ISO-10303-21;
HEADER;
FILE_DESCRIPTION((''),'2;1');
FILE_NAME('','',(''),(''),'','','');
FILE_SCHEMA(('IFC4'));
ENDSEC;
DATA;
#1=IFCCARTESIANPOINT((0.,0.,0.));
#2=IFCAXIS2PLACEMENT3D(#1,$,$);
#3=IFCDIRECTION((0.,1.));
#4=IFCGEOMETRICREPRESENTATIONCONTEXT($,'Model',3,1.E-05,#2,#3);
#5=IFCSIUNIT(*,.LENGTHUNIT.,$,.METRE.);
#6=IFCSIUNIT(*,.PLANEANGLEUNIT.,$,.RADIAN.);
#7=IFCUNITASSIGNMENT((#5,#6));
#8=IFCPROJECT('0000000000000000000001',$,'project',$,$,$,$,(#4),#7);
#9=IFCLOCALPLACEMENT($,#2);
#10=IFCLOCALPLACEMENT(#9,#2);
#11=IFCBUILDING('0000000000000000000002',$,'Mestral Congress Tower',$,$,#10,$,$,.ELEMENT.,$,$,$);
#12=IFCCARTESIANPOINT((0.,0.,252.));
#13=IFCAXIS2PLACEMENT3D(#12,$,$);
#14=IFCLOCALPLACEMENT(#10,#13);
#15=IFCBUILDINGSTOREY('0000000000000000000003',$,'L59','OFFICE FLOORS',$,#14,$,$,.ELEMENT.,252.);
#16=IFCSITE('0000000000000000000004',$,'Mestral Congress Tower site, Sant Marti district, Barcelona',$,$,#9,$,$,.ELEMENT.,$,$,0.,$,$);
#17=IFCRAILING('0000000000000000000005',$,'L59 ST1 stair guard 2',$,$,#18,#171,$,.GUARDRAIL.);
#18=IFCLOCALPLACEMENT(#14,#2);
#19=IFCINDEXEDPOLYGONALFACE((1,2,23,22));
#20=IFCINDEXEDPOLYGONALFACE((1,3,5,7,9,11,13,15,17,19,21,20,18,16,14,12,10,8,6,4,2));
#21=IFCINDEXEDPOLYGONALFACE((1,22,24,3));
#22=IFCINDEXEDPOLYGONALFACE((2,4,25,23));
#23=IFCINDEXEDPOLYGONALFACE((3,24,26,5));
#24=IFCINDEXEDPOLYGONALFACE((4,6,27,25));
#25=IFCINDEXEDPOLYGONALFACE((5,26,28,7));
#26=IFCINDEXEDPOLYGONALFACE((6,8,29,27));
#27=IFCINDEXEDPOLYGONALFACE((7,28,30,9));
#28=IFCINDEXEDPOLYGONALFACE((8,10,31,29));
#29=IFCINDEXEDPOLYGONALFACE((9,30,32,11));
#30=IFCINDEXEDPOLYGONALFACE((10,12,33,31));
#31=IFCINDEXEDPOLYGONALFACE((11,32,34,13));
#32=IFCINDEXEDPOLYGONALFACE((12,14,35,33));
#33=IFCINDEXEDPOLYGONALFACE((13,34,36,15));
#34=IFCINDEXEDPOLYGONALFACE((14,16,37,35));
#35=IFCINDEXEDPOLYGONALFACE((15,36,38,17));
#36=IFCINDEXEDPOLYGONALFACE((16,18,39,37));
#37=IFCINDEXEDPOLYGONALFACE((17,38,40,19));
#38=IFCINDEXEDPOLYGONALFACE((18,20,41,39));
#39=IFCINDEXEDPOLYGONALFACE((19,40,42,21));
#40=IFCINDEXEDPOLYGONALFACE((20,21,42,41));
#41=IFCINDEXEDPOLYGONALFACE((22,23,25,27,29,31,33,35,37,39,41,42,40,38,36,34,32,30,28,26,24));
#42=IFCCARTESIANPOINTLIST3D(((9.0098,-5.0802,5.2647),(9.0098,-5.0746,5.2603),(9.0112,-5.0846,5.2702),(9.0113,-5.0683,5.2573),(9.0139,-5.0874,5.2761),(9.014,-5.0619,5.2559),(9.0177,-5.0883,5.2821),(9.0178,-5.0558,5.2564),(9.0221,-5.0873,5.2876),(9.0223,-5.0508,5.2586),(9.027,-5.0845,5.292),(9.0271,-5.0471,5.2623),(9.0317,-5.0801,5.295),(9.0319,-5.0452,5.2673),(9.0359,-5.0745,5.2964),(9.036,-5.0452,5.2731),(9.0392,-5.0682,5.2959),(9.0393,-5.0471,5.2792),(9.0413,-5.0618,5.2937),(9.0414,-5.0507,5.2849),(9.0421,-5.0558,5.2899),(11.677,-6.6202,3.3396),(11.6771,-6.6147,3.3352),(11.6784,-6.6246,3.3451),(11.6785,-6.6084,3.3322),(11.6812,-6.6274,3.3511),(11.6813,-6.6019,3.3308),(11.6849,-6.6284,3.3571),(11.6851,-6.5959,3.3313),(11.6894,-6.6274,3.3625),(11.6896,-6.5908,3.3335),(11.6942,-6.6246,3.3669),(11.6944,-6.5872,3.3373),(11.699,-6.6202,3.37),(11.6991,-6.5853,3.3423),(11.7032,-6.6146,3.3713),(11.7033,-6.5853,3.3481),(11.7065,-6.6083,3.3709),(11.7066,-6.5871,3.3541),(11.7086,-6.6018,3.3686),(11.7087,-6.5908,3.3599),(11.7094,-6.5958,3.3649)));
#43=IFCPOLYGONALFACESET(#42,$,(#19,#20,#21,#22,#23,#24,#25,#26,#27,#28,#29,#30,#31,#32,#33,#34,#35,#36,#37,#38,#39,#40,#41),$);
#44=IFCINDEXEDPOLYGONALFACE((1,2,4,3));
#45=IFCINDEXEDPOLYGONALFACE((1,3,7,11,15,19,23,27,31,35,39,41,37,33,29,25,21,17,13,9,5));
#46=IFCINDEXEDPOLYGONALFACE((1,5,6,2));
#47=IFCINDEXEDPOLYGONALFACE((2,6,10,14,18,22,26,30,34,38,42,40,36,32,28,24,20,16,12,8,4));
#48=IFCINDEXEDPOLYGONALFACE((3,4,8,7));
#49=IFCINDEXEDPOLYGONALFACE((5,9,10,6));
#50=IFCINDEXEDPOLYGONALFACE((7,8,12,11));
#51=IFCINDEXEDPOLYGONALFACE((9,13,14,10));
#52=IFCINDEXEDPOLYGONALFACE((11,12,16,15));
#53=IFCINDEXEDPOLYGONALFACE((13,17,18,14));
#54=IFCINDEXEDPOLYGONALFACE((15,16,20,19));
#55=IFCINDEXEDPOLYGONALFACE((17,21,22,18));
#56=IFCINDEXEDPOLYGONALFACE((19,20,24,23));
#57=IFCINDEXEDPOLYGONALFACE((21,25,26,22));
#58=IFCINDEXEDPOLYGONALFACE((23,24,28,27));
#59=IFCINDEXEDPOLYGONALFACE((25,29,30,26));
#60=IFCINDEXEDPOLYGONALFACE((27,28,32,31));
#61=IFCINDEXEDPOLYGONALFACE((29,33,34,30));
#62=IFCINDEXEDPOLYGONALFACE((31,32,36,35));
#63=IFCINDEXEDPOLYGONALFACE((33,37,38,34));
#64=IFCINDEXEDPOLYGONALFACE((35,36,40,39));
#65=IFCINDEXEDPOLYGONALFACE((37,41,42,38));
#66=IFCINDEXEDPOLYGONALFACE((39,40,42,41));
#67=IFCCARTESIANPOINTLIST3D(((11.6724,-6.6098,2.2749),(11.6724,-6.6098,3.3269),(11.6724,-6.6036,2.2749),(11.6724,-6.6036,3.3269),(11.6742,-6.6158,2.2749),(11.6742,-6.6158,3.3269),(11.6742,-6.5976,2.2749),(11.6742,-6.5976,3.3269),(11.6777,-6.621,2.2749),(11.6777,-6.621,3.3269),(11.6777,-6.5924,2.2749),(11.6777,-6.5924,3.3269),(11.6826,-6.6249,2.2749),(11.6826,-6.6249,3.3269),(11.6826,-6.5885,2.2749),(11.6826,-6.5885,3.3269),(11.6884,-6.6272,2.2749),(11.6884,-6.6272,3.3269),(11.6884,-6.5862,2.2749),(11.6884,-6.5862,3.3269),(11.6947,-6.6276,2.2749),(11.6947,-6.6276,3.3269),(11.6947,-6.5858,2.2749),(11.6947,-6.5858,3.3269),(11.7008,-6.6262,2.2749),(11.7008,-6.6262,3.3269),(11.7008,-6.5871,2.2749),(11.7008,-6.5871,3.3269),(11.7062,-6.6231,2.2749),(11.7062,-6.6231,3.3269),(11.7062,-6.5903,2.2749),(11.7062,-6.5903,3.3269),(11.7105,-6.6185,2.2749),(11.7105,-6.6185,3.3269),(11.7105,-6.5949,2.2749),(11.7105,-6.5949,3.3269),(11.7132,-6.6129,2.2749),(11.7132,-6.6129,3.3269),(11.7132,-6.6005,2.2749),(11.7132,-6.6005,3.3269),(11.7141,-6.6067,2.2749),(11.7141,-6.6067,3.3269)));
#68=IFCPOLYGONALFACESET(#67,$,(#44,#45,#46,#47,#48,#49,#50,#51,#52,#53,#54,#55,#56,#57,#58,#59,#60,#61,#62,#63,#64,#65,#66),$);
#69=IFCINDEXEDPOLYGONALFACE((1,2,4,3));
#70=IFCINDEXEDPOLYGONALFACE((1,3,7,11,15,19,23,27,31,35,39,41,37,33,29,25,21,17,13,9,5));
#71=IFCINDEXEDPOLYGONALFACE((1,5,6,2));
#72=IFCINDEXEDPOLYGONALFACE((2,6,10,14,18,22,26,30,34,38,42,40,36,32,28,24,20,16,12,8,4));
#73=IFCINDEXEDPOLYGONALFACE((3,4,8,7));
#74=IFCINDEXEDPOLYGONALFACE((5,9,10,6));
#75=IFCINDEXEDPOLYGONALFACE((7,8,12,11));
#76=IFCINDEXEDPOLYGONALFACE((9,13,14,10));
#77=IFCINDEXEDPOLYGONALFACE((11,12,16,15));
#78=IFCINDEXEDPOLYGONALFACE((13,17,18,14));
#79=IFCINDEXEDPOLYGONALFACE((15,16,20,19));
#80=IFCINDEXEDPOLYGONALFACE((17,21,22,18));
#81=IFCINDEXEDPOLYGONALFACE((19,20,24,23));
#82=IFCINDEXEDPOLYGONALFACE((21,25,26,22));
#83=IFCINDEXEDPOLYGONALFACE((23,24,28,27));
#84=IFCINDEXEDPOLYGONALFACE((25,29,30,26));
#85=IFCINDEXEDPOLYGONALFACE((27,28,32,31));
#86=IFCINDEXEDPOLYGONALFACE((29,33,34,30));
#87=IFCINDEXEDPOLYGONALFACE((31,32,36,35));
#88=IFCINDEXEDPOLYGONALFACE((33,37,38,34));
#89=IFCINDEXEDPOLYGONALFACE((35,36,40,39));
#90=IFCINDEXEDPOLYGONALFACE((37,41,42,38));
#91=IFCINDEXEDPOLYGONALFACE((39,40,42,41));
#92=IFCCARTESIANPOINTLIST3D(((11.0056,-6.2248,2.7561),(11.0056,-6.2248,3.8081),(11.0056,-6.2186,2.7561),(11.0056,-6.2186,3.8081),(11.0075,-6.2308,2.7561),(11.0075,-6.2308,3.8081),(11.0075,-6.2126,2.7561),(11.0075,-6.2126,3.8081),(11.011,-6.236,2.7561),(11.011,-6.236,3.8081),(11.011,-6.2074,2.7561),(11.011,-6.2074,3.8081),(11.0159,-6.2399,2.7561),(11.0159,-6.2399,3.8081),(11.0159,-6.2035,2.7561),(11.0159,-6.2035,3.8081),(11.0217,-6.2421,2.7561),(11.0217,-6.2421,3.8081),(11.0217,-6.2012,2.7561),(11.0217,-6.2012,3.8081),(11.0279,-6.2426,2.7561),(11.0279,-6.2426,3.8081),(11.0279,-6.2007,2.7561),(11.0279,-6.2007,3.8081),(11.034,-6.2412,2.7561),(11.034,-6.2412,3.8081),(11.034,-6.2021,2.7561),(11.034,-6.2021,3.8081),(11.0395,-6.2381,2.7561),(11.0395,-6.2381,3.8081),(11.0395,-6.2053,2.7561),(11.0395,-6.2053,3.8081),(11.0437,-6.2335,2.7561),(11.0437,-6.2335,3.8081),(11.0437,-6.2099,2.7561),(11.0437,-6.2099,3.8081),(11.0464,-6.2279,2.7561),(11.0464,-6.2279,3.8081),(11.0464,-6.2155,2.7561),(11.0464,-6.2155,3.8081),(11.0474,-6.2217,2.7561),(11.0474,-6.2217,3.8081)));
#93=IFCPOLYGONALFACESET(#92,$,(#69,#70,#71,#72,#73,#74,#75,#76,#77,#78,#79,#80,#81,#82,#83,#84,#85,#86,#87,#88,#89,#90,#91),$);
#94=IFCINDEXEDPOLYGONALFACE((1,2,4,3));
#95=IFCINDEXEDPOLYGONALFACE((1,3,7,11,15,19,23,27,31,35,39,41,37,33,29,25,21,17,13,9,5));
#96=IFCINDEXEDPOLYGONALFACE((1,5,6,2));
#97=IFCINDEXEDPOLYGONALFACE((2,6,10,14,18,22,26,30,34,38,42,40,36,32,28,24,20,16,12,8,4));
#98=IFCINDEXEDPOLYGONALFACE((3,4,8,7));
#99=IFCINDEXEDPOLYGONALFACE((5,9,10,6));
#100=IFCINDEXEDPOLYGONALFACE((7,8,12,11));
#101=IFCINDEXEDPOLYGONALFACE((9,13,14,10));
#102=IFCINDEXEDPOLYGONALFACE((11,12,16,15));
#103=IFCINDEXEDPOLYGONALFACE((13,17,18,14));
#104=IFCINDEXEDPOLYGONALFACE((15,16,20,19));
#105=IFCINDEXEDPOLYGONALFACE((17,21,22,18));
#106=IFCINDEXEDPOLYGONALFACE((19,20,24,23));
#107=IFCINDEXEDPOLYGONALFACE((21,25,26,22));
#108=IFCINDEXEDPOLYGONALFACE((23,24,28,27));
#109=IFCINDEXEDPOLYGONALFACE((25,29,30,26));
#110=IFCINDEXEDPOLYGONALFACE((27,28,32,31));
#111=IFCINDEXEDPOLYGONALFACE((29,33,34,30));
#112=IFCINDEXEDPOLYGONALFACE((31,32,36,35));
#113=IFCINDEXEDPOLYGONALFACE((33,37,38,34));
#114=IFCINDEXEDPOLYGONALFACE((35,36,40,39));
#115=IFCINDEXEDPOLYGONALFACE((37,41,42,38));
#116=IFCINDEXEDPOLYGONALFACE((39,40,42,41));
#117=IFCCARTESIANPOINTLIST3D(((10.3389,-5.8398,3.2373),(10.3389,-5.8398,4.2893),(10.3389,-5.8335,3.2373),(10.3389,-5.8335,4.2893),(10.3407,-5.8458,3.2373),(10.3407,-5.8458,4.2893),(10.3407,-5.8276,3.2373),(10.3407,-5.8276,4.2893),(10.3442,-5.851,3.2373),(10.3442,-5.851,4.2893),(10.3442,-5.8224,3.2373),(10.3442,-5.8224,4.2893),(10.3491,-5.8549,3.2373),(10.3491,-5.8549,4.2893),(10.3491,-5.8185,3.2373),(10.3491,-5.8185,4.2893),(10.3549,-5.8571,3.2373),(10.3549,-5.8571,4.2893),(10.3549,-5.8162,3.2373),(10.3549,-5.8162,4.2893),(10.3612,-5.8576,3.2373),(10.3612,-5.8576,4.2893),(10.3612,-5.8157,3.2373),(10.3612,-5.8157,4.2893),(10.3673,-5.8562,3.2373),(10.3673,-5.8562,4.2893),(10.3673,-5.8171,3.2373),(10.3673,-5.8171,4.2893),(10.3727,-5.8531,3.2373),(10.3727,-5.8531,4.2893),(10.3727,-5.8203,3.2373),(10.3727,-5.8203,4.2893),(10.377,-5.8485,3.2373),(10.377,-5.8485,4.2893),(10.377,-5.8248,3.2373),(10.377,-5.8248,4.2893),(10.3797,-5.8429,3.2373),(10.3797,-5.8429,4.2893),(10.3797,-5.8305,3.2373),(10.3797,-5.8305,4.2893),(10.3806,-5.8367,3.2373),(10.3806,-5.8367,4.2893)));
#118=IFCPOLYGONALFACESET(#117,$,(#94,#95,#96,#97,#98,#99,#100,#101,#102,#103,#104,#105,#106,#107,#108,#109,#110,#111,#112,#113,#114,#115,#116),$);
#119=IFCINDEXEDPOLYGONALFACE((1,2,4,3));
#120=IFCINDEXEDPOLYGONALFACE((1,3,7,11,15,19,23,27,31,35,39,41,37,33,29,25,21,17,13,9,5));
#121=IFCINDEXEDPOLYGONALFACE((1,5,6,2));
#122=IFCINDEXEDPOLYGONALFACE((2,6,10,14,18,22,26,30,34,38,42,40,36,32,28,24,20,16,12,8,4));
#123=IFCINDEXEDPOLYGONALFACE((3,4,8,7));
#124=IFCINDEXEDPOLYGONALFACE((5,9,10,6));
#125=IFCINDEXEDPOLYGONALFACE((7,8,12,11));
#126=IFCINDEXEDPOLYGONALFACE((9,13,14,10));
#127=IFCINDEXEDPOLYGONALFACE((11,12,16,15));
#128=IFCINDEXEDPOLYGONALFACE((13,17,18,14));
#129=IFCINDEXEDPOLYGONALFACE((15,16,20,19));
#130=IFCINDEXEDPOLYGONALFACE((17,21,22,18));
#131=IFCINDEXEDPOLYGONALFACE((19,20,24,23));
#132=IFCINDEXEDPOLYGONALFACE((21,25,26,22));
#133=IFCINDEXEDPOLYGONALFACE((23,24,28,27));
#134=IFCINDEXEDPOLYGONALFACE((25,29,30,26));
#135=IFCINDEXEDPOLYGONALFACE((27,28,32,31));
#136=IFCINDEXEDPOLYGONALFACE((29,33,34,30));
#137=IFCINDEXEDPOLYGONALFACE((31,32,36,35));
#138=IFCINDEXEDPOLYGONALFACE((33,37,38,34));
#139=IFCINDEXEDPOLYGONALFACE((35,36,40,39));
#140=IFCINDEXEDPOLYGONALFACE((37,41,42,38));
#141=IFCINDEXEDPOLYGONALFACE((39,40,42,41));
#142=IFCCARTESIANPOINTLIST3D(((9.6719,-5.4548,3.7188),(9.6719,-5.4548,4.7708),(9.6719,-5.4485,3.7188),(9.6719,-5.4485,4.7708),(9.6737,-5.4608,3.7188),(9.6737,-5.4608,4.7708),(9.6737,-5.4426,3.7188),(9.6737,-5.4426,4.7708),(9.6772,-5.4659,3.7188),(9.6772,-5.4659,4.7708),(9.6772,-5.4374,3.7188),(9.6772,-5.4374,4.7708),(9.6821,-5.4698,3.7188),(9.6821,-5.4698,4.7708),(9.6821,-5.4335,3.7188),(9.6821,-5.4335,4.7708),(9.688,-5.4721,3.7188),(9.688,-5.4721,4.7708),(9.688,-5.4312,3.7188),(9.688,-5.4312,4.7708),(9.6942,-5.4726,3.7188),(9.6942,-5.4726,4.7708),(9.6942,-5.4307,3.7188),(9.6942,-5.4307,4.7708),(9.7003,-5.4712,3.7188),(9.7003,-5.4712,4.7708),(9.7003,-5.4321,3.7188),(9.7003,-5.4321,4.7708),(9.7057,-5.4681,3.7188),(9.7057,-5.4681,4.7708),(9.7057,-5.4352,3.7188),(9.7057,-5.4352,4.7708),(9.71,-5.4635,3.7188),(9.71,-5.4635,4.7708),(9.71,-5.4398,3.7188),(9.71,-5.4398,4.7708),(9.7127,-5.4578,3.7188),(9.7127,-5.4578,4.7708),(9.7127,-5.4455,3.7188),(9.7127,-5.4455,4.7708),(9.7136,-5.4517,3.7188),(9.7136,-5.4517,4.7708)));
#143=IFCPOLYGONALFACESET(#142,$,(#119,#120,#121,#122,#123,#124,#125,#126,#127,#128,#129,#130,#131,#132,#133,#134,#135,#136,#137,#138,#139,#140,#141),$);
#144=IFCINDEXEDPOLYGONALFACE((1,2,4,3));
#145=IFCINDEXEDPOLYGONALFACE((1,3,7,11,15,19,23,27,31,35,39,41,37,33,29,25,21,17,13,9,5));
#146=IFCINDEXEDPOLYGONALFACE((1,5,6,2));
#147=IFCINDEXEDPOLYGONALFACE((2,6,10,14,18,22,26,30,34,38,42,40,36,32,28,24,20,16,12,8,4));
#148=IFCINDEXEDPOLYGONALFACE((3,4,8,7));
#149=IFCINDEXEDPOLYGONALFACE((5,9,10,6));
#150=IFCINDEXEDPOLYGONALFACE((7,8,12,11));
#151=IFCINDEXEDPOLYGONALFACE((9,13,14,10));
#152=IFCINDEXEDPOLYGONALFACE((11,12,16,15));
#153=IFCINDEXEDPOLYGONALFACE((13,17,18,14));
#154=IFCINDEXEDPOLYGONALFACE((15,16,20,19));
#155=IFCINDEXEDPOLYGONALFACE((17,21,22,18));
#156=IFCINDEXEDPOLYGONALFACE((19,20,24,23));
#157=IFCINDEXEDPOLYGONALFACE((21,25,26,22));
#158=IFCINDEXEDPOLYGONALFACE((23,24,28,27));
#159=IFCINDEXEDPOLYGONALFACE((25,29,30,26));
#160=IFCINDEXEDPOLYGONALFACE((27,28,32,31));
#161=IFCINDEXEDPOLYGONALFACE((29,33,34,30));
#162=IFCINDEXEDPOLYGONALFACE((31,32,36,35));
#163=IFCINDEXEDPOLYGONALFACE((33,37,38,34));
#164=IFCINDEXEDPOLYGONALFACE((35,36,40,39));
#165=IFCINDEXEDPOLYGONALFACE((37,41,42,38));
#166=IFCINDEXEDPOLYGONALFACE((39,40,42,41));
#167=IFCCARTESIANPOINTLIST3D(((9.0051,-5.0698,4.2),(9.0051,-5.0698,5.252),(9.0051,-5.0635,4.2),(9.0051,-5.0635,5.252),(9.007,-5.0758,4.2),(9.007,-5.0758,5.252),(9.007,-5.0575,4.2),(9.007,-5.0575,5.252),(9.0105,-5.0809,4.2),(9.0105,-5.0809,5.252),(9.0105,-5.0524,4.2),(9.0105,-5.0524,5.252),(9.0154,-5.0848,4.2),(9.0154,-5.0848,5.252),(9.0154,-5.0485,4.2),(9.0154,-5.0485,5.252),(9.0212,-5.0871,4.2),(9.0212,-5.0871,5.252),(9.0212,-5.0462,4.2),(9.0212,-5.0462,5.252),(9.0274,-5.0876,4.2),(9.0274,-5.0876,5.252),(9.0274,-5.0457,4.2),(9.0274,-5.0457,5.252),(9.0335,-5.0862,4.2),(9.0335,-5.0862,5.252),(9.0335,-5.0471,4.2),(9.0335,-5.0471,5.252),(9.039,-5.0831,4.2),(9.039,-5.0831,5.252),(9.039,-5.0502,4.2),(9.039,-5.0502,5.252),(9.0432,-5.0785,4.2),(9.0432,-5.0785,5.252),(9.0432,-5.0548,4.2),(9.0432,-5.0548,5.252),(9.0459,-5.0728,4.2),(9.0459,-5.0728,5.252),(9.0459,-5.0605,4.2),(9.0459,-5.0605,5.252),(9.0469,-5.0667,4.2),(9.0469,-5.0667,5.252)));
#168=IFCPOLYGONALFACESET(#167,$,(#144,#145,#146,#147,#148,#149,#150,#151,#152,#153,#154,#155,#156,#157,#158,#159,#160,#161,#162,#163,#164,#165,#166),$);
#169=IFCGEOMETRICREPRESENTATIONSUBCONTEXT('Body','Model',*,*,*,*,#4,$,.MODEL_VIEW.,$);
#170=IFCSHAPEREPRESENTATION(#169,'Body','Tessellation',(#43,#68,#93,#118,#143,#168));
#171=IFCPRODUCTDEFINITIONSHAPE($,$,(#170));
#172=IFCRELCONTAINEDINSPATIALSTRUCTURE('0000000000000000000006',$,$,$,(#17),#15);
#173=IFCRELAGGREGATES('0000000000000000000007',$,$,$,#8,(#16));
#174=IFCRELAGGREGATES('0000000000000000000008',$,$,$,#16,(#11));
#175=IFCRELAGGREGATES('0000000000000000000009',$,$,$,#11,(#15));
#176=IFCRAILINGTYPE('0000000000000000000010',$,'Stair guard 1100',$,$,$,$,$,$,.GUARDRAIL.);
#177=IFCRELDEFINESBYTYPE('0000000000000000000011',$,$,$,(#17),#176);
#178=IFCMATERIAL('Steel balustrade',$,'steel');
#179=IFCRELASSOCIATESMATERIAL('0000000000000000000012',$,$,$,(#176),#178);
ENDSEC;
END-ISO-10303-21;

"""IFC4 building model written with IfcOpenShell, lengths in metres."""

from ifc_helpers import new_model, si_unit, direction, frame, origin, origin_2d, place, context, subcontext, project, spatial, circle, extrude, material, type_object, element, save


model = new_model("IFC4")

# Units and contexts
model_context = context("Model", 3, precision=1e-05, world=origin(), true_north=direction((0.0, 1.0)))
body_context = subcontext(model_context, "Body", "Model", "MODEL_VIEW")
ifc_project = project(units=[si_unit("LENGTHUNIT", "METRE"), si_unit("PLANEANGLEUNIT", "RADIAN")], contexts=[model_context])

# Site, building, storey
site_placement = place(None, origin())
site = spatial("IfcSite", under=ifc_project, at=site_placement, Name="Mestral Congress Tower site, Sant Marti district, Barcelona", CompositionType="ELEMENT", RefElevation=0.0)
building_placement = place(site_placement, origin())
building = spatial("IfcBuilding", under=site, at=building_placement, Name="Mestral Congress Tower", CompositionType="ELEMENT")
storey_placement = place(building_placement, frame((0.0, 0.0, 252.0)))
storey = spatial("IfcBuildingStorey", under=building, at=storey_placement, Name="L59", Description="OFFICE FLOORS", CompositionType="ELEMENT", Elevation=252.0)

# Railing
ifc_material_1 = material(Name="Steel balustrade", Category="steel")
railing_type_1 = type_object("IfcRailingType", Name="Stair guard 1100", PredefinedType="GUARDRAIL", material=ifc_material_1)
railing_1_placement = place(storey_placement, frame((11.6931, -6.6067, 2.2749)))
element("IfcRailing", 1, at=railing_1_placement, inside=storey, type_object=railing_type_1, Name="L59 ST1 stair guard 2", PredefinedType="GUARDRAIL", context=body_context, shape_type="SweptSolid", body=[
    extrude(circle(Radius=0.0239, at=origin_2d()), frame((0.0, 0.0, 1.0762), z_axis=(-0.734364, 0.424015, 0.530019), x_axis=(-0.500027, -0.86601, 0.0)), (0.0, 0.0, 1.0), 3.6321),
    extrude(circle(Radius=0.021, at=origin_2d()), origin(), (0.0, 0.0, 1.0), 1.052),
    extrude(circle(Radius=0.021, at=origin_2d()), frame((-0.6667, 0.385, 0.4812)), (0.0, 0.0, 1.0), 1.052),
    extrude(circle(Radius=0.021, at=origin_2d()), frame((-1.3335, 0.77, 0.9624)), (0.0, 0.0, 1.0), 1.052),
    extrude(circle(Radius=0.021, at=origin_2d()), frame((-2.0005, 1.155, 1.4438)), (0.0, 0.0, 1.0), 1.052),
    extrude(circle(Radius=0.021, at=origin_2d()), frame((-2.6672, 1.54, 1.925)), (0.0, 0.0, 1.0), 1.052),
])

save(model, "model.ifc")
